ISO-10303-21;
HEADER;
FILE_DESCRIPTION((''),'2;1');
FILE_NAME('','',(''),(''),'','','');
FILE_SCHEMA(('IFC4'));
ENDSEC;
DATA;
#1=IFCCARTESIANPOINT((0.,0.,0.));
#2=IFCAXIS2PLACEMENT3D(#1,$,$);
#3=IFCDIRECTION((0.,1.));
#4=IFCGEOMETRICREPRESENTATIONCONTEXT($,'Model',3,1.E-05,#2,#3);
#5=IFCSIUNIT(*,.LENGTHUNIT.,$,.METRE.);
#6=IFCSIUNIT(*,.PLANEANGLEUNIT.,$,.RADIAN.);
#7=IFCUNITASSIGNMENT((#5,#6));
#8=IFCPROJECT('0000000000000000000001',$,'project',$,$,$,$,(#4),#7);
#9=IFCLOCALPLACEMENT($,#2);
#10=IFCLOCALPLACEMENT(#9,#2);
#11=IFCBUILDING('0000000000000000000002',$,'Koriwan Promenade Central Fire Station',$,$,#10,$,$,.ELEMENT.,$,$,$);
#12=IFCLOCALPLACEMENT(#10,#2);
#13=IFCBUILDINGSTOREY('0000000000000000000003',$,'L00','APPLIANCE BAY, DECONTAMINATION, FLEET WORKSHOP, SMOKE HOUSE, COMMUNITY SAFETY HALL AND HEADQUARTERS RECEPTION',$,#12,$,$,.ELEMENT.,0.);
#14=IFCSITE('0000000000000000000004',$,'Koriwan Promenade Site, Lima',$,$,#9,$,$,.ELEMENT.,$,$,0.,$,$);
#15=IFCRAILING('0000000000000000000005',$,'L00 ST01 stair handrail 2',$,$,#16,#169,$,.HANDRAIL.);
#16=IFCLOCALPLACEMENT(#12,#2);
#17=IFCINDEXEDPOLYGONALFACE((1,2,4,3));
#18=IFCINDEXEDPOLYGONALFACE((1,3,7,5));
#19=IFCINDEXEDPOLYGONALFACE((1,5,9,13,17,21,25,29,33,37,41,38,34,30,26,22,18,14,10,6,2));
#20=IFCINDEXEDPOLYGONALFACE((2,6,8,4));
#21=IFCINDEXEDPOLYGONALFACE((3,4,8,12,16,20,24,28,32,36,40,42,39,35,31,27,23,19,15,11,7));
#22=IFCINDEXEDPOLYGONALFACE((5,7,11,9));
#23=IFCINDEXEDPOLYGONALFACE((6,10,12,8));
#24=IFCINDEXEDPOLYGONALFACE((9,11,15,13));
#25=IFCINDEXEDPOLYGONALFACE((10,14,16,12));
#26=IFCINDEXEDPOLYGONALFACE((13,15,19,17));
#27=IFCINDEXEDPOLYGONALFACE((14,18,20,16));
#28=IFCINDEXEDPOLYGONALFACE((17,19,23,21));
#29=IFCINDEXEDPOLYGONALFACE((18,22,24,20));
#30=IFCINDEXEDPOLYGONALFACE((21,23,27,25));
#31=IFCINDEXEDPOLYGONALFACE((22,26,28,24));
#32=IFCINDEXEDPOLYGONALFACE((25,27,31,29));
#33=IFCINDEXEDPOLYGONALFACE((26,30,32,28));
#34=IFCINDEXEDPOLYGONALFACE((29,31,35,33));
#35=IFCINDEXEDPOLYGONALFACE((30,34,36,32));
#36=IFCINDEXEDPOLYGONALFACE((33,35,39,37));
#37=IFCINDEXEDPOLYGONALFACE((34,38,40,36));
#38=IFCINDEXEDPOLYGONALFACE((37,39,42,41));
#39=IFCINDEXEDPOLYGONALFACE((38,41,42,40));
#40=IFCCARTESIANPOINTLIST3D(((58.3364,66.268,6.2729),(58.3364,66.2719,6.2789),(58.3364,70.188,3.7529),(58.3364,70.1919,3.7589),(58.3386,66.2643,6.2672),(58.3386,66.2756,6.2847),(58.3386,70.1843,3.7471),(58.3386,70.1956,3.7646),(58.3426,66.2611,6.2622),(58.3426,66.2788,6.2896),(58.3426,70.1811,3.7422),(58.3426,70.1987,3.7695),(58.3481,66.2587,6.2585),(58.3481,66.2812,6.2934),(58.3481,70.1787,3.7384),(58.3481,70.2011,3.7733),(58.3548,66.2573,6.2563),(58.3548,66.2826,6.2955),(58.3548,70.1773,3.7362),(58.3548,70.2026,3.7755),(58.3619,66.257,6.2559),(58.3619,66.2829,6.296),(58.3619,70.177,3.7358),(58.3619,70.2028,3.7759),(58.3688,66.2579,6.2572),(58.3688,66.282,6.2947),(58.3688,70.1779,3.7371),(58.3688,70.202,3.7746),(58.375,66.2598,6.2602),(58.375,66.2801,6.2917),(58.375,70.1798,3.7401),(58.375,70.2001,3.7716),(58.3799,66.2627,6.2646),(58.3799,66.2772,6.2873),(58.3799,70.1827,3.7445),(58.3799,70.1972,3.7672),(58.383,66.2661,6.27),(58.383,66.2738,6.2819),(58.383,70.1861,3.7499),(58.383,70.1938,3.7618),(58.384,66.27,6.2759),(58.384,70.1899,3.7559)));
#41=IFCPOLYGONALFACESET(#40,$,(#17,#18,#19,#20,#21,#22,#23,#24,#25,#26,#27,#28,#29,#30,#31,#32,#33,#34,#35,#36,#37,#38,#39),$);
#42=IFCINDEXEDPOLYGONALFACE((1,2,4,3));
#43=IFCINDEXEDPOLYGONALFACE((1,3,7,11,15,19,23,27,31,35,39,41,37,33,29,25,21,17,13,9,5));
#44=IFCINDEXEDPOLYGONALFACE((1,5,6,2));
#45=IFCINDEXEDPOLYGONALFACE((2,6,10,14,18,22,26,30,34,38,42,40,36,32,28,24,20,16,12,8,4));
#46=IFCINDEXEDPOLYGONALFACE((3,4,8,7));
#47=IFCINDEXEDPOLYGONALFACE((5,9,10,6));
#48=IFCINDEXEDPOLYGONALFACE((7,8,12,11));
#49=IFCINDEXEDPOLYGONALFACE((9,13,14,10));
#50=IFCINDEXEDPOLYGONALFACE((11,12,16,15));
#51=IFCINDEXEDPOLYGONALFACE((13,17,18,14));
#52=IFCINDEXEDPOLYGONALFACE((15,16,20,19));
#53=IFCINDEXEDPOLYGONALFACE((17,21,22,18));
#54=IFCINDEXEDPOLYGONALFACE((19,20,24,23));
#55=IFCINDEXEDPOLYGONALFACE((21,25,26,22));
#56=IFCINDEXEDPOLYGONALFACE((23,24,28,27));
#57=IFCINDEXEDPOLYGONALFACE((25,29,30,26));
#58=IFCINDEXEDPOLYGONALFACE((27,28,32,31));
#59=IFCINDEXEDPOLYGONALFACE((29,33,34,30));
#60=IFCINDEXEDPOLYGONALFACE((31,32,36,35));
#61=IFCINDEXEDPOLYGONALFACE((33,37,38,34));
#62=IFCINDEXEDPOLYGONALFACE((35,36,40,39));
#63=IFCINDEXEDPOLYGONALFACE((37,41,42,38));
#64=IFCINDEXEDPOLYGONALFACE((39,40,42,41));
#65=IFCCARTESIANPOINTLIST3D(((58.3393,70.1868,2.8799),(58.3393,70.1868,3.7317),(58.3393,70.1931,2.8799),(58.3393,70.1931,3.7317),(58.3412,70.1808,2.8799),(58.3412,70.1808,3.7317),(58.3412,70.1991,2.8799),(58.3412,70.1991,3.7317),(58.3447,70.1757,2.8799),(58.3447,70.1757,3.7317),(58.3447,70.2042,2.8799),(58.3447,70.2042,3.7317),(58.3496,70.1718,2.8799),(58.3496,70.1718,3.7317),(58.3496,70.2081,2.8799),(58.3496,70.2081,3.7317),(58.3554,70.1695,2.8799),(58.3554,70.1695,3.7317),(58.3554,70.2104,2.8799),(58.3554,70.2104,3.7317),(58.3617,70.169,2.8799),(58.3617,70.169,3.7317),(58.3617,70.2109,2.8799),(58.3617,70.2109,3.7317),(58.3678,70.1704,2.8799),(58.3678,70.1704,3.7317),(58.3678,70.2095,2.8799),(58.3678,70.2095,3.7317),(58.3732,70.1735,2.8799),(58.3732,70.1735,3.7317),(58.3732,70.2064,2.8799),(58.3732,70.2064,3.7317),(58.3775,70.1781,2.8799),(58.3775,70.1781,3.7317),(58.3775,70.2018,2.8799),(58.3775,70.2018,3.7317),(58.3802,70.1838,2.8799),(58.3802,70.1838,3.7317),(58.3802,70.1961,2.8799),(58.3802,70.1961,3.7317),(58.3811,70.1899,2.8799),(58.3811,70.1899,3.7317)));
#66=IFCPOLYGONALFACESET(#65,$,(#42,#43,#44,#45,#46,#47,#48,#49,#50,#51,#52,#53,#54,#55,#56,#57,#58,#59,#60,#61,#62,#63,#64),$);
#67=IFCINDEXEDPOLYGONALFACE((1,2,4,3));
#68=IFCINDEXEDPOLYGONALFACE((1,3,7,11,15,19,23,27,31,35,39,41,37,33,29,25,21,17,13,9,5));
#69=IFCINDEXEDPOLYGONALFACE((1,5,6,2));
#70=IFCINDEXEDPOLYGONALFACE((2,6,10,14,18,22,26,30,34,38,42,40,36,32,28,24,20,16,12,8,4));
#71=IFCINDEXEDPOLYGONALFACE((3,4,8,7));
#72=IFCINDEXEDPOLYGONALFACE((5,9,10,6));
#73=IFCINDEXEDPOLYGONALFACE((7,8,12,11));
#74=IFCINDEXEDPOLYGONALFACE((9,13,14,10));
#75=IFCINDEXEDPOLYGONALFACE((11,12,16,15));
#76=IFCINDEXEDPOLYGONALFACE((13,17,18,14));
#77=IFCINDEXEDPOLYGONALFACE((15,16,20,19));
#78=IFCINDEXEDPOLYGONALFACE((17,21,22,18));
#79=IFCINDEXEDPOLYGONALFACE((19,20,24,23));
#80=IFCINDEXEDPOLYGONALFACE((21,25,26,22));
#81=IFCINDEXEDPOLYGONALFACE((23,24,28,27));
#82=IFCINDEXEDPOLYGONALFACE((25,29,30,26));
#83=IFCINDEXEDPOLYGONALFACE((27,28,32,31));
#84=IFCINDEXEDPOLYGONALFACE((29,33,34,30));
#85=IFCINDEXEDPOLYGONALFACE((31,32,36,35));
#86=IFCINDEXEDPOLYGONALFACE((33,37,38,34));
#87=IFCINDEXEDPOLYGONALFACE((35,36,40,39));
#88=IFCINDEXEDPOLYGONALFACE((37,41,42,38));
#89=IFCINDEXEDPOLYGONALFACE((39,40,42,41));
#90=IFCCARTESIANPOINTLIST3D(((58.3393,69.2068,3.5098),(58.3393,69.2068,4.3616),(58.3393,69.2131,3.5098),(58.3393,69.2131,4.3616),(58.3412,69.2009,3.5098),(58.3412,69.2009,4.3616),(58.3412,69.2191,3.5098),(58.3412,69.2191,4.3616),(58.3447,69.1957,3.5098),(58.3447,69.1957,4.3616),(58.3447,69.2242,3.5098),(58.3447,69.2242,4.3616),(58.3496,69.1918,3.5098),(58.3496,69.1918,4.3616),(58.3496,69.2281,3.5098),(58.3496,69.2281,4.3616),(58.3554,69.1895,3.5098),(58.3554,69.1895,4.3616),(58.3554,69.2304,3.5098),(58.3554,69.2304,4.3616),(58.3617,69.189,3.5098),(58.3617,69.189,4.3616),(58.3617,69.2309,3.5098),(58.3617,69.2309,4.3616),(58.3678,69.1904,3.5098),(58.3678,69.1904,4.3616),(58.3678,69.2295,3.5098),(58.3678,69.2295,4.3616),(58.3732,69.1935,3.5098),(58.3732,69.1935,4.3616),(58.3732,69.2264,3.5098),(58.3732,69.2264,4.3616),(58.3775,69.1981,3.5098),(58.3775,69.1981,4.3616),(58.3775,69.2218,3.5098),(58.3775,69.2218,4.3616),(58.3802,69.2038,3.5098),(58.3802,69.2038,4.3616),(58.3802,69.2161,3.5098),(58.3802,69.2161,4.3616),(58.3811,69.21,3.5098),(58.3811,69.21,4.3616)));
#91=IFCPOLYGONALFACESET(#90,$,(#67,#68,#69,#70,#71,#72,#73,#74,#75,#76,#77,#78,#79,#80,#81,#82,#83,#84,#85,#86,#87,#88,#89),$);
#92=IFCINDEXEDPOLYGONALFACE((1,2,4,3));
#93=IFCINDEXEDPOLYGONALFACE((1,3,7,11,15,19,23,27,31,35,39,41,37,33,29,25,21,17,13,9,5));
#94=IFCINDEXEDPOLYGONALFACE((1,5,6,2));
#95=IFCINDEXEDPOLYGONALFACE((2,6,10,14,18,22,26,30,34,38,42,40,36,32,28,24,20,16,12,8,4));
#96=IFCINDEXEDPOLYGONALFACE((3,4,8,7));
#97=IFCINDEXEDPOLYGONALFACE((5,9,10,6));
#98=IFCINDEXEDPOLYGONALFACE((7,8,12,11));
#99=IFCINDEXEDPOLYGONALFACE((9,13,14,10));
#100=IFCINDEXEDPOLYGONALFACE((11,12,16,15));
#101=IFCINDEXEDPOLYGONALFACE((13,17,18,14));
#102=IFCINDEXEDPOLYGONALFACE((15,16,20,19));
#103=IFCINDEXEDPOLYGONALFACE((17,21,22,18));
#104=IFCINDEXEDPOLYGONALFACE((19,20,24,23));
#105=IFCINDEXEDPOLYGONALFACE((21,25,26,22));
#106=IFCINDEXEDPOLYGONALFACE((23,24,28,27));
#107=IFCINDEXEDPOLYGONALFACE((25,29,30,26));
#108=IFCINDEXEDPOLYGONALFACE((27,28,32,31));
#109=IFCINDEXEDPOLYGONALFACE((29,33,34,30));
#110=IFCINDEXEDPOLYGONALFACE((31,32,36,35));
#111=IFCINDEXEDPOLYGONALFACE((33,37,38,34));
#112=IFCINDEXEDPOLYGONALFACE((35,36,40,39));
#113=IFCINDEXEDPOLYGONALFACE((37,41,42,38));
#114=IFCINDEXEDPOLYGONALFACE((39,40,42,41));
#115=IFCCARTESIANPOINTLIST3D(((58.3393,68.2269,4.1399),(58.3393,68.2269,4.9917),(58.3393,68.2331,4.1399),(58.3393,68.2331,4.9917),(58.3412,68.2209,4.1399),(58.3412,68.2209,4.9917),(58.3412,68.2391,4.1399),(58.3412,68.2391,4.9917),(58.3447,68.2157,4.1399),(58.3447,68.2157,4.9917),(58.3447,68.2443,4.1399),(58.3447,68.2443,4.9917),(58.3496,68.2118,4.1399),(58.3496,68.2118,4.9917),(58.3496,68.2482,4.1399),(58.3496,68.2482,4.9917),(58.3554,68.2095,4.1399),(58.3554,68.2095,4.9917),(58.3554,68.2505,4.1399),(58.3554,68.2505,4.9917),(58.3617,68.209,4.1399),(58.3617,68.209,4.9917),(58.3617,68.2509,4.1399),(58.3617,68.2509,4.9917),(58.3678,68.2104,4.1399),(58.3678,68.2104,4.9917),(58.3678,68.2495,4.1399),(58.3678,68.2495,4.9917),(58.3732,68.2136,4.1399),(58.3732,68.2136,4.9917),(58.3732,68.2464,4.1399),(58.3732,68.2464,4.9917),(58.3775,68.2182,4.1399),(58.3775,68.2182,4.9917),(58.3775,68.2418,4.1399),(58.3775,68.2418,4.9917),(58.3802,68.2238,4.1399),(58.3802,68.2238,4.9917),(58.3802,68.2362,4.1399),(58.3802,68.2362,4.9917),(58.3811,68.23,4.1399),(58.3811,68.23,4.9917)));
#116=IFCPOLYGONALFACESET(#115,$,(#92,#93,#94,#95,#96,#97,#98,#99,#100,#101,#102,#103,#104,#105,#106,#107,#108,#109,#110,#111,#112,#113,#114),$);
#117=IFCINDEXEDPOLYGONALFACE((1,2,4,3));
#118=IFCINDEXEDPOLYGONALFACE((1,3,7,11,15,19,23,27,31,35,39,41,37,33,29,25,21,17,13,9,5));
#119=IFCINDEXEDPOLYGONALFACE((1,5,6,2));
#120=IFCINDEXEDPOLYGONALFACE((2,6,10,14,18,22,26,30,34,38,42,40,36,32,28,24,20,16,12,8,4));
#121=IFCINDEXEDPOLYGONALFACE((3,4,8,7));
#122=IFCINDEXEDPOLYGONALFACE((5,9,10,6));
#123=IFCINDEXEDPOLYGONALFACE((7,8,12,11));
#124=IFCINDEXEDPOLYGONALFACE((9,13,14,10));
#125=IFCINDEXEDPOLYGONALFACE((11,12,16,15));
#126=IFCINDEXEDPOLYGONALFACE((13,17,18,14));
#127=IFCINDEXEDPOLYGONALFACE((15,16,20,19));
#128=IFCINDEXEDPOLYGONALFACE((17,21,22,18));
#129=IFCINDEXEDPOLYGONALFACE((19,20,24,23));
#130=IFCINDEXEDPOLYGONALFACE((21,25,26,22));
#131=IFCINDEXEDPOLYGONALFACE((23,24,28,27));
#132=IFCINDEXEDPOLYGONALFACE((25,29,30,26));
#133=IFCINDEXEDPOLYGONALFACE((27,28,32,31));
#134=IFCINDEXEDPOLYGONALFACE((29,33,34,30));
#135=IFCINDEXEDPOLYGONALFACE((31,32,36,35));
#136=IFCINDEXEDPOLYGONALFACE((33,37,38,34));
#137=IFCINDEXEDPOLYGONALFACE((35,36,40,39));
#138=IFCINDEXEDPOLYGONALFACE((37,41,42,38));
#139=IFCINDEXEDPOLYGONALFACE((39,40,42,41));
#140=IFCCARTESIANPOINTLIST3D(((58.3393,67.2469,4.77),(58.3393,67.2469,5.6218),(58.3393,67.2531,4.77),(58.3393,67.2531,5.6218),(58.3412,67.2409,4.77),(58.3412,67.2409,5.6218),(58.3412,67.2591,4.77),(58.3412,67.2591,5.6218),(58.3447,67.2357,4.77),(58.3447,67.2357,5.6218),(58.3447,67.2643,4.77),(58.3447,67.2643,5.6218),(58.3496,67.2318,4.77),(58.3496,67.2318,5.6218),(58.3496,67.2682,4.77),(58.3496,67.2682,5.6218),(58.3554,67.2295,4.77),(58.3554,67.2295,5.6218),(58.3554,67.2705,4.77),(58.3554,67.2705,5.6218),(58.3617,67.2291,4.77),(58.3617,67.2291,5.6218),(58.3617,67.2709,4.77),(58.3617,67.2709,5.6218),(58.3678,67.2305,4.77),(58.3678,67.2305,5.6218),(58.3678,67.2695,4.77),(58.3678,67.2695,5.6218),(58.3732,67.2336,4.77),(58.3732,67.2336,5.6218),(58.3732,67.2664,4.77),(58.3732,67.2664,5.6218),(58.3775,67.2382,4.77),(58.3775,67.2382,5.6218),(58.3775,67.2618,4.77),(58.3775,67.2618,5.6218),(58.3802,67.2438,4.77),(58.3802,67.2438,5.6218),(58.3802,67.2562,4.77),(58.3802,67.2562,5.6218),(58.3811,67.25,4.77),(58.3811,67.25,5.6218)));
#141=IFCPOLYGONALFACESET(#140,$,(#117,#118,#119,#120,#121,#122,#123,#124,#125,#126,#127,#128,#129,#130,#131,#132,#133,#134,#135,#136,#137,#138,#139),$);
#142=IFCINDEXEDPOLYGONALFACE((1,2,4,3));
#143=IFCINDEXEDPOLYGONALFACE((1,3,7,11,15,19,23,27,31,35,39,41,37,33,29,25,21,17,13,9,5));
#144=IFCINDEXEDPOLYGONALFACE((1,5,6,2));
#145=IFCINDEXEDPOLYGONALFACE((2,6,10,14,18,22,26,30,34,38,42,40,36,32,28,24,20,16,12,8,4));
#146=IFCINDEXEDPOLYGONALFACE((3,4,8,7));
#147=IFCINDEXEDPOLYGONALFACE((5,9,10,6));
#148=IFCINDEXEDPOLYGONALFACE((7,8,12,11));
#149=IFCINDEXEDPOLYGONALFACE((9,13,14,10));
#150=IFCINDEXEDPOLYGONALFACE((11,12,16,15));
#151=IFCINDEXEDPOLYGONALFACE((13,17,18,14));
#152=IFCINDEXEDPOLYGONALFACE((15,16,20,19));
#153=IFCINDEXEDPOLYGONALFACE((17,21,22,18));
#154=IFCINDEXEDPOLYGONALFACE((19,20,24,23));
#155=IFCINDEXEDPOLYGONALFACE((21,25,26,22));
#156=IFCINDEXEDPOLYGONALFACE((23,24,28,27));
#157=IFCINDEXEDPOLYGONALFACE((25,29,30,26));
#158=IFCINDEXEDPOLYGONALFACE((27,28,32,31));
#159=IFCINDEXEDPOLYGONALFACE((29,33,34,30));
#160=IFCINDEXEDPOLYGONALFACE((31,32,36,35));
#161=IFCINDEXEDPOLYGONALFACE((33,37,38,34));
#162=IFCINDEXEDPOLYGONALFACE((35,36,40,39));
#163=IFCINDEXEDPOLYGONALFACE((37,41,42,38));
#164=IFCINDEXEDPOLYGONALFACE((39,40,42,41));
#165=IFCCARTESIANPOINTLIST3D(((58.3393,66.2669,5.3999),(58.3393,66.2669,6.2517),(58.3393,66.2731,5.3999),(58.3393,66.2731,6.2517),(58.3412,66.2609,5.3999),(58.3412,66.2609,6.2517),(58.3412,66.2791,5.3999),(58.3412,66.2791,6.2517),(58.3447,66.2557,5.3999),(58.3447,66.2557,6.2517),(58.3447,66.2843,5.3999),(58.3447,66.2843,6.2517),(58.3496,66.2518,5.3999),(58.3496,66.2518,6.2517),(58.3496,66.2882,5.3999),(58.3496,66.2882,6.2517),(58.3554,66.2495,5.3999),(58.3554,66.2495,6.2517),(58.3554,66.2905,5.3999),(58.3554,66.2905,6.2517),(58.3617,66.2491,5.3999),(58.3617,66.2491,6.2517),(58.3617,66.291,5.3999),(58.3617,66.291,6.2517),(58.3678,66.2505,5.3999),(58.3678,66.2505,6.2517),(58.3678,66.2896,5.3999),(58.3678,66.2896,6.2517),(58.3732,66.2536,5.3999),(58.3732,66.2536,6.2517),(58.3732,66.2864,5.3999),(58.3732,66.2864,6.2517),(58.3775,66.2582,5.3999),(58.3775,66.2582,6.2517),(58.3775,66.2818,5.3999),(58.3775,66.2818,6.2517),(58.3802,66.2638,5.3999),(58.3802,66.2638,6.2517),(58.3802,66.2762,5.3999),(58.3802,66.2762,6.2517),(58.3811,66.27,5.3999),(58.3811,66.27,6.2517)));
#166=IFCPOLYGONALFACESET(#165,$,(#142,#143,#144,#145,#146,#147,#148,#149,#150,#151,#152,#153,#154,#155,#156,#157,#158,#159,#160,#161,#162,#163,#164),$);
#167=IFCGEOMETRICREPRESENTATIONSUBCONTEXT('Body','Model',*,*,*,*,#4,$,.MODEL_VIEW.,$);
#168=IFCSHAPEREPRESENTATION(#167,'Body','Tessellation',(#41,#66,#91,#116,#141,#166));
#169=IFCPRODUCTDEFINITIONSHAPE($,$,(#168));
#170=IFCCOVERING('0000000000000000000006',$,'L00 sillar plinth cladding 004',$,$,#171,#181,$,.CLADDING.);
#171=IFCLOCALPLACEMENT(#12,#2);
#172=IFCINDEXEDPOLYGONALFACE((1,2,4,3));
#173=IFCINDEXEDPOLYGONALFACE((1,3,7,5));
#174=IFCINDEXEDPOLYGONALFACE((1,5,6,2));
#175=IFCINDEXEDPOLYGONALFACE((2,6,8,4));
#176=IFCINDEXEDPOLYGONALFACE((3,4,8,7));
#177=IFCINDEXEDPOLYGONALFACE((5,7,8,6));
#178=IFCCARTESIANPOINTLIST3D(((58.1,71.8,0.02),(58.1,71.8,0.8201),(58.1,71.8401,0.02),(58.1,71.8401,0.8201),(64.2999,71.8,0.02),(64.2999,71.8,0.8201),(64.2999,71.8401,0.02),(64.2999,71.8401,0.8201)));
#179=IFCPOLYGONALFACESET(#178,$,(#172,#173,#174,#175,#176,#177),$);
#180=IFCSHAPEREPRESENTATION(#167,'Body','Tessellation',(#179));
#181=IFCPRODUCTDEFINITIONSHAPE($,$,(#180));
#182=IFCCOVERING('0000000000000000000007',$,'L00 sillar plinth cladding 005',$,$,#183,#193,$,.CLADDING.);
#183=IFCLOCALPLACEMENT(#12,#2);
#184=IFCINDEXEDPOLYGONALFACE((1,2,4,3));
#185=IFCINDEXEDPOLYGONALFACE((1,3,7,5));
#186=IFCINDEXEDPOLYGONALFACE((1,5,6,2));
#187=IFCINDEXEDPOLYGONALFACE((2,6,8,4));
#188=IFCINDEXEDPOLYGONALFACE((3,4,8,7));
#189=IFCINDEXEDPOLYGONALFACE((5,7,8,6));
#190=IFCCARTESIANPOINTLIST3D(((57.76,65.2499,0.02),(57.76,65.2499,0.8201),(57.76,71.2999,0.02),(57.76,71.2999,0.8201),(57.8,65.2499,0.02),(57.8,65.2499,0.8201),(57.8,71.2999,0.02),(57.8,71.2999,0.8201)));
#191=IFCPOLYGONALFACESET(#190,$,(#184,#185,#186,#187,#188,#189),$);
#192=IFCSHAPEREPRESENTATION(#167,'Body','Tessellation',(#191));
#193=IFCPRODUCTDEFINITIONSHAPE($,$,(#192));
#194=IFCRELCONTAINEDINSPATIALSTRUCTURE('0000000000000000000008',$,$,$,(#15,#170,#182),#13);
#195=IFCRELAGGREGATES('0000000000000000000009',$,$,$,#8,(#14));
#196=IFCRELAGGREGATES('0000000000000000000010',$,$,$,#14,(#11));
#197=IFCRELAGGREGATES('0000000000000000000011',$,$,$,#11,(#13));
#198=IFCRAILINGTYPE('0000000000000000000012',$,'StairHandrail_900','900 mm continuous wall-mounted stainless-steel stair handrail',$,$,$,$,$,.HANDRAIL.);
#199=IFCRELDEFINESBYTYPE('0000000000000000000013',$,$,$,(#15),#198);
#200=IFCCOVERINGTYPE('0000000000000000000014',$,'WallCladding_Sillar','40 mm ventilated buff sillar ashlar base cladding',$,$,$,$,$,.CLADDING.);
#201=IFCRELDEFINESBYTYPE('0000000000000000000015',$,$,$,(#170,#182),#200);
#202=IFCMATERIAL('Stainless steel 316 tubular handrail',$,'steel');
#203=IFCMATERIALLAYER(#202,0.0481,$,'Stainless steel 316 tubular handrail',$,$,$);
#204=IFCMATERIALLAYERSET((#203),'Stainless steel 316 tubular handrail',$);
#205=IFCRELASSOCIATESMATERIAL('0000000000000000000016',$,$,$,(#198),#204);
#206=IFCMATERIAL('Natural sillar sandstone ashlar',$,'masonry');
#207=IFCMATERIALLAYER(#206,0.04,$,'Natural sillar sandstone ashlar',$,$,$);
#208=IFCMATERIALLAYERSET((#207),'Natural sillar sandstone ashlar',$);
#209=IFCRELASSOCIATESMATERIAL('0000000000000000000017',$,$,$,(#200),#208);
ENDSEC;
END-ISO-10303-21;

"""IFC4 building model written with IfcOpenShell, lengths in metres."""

from ifc_helpers import new_model, si_unit, direction, frame, origin, origin_2d, place, context, subcontext, project, spatial, rectangle, circle, extrude, material, layer, layer_set, type_object, element, save


model = new_model("IFC4")

# Units and contexts
model_context = context("Model", 3, precision=1e-05, world=origin(), true_north=direction((0.0, 1.0)))
body_context = subcontext(model_context, "Body", "Model", "MODEL_VIEW")
ifc_project = project(units=[si_unit("LENGTHUNIT", "METRE"), si_unit("PLANEANGLEUNIT", "RADIAN")], contexts=[model_context])

# Site, building, storey
site_placement = place(None, origin())
site = spatial("IfcSite", under=ifc_project, at=site_placement, Name="Koriwan Promenade Site, Lima", CompositionType="ELEMENT", RefElevation=0.0)
building_placement = place(site_placement, origin())
building = spatial("IfcBuilding", under=site, at=building_placement, Name="Koriwan Promenade Central Fire Station", CompositionType="ELEMENT")
storey_placement = place(building_placement, origin())
storey = spatial("IfcBuildingStorey", under=building, at=storey_placement, Name="L00", Description="APPLIANCE BAY, DECONTAMINATION, FLEET WORKSHOP, SMOKE HOUSE, COMMUNITY SAFETY HALL AND HEADQUARTERS RECEPTION", CompositionType="ELEMENT", Elevation=0.0)

# Railing
ifc_material_1 = material(Name="Stainless steel 316 tubular handrail", Category="steel")
ifc_layer_1 = layer(ifc_material_1, 0.0481, Name="Stainless steel 316 tubular handrail")
ifc_layer_set_1 = layer_set([ifc_layer_1], Name="Stainless steel 316 tubular handrail")
railing_type_1 = type_object("IfcRailingType", Name="StairHandrail_900", Description="900 mm continuous wall-mounted stainless-steel stair handrail", PredefinedType="HANDRAIL", material=ifc_layer_set_1)
railing_1_placement = place(storey_placement, frame((58.3601, 70.1899, 2.8799)))
element("IfcRailing", 1, at=railing_1_placement, inside=storey, type_object=railing_type_1, Name="L00 ST01 stair handrail 2", PredefinedType="HANDRAIL", context=body_context, shape_type="SweptSolid", body=[
    extrude(circle(Radius=0.0239, at=origin_2d()), frame((0.0, 0.0, 0.876), z_axis=(0.0, -0.841172, 0.540768), x_axis=(1.0, 0.0, 0.0)), (0.0, 0.0, 1.0), 4.6602),
    extrude(circle(Radius=0.021, at=origin_2d()), origin(), (0.0, 0.0, 1.0), 0.8518),
    extrude(circle(Radius=0.021, at=origin_2d()), frame((0.0, -0.98, 0.6299)), (0.0, 0.0, 1.0), 0.8518),
    extrude(circle(Radius=0.021, at=origin_2d()), frame((0.0, -1.96, 1.26)), (0.0, 0.0, 1.0), 0.8518),
    extrude(circle(Radius=0.021, at=origin_2d()), frame((0.0, -2.9399, 1.8901)), (0.0, 0.0, 1.0), 0.8518),
    extrude(circle(Radius=0.021, at=origin_2d()), frame((0.0, -3.9199, 2.52)), (0.0, 0.0, 1.0), 0.8518),
])

# Coverings
ifc_material_2 = material(Name="Natural sillar sandstone ashlar", Category="masonry")
ifc_layer_2 = layer(ifc_material_2, 0.04, Name="Natural sillar sandstone ashlar")
ifc_layer_set_2 = layer_set([ifc_layer_2], Name="Natural sillar sandstone ashlar")
covering_type = type_object("IfcCoveringType", Name="WallCladding_Sillar", Description="40 mm ventilated buff sillar ashlar base cladding", PredefinedType="CLADDING", material=ifc_layer_set_2)
covering_1_placement = place(storey_placement, frame((61.2, 71.8201, 0.02), z_axis=(0.0, 0.0, 1.0), x_axis=(-1.0, 0.0, 0.0)))
element("IfcCovering", 2, at=covering_1_placement, inside=storey, type_object=covering_type, Name="L00 sillar plinth cladding 004", PredefinedType="CLADDING", context=body_context, shape_type="SweptSolid", body=[
    extrude(rectangle(XDim=6.2, YDim=0.04, at=origin_2d()), origin(), (0.0, 0.0, 1.0), 0.8),
])
covering_2_placement = place(storey_placement, frame((57.78, 68.2749, 0.02), z_axis=(0.0, 0.0, 1.0), x_axis=(0.0, -1.0, 0.0)))
element("IfcCovering", 3, at=covering_2_placement, inside=storey, type_object=covering_type, Name="L00 sillar plinth cladding 005", PredefinedType="CLADDING", context=body_context, shape_type="SweptSolid", body=[
    extrude(rectangle(XDim=6.05, YDim=0.04, at=origin_2d()), origin(), (0.0, 0.0, 1.0), 0.8),
])

save(model, "model.ifc")
